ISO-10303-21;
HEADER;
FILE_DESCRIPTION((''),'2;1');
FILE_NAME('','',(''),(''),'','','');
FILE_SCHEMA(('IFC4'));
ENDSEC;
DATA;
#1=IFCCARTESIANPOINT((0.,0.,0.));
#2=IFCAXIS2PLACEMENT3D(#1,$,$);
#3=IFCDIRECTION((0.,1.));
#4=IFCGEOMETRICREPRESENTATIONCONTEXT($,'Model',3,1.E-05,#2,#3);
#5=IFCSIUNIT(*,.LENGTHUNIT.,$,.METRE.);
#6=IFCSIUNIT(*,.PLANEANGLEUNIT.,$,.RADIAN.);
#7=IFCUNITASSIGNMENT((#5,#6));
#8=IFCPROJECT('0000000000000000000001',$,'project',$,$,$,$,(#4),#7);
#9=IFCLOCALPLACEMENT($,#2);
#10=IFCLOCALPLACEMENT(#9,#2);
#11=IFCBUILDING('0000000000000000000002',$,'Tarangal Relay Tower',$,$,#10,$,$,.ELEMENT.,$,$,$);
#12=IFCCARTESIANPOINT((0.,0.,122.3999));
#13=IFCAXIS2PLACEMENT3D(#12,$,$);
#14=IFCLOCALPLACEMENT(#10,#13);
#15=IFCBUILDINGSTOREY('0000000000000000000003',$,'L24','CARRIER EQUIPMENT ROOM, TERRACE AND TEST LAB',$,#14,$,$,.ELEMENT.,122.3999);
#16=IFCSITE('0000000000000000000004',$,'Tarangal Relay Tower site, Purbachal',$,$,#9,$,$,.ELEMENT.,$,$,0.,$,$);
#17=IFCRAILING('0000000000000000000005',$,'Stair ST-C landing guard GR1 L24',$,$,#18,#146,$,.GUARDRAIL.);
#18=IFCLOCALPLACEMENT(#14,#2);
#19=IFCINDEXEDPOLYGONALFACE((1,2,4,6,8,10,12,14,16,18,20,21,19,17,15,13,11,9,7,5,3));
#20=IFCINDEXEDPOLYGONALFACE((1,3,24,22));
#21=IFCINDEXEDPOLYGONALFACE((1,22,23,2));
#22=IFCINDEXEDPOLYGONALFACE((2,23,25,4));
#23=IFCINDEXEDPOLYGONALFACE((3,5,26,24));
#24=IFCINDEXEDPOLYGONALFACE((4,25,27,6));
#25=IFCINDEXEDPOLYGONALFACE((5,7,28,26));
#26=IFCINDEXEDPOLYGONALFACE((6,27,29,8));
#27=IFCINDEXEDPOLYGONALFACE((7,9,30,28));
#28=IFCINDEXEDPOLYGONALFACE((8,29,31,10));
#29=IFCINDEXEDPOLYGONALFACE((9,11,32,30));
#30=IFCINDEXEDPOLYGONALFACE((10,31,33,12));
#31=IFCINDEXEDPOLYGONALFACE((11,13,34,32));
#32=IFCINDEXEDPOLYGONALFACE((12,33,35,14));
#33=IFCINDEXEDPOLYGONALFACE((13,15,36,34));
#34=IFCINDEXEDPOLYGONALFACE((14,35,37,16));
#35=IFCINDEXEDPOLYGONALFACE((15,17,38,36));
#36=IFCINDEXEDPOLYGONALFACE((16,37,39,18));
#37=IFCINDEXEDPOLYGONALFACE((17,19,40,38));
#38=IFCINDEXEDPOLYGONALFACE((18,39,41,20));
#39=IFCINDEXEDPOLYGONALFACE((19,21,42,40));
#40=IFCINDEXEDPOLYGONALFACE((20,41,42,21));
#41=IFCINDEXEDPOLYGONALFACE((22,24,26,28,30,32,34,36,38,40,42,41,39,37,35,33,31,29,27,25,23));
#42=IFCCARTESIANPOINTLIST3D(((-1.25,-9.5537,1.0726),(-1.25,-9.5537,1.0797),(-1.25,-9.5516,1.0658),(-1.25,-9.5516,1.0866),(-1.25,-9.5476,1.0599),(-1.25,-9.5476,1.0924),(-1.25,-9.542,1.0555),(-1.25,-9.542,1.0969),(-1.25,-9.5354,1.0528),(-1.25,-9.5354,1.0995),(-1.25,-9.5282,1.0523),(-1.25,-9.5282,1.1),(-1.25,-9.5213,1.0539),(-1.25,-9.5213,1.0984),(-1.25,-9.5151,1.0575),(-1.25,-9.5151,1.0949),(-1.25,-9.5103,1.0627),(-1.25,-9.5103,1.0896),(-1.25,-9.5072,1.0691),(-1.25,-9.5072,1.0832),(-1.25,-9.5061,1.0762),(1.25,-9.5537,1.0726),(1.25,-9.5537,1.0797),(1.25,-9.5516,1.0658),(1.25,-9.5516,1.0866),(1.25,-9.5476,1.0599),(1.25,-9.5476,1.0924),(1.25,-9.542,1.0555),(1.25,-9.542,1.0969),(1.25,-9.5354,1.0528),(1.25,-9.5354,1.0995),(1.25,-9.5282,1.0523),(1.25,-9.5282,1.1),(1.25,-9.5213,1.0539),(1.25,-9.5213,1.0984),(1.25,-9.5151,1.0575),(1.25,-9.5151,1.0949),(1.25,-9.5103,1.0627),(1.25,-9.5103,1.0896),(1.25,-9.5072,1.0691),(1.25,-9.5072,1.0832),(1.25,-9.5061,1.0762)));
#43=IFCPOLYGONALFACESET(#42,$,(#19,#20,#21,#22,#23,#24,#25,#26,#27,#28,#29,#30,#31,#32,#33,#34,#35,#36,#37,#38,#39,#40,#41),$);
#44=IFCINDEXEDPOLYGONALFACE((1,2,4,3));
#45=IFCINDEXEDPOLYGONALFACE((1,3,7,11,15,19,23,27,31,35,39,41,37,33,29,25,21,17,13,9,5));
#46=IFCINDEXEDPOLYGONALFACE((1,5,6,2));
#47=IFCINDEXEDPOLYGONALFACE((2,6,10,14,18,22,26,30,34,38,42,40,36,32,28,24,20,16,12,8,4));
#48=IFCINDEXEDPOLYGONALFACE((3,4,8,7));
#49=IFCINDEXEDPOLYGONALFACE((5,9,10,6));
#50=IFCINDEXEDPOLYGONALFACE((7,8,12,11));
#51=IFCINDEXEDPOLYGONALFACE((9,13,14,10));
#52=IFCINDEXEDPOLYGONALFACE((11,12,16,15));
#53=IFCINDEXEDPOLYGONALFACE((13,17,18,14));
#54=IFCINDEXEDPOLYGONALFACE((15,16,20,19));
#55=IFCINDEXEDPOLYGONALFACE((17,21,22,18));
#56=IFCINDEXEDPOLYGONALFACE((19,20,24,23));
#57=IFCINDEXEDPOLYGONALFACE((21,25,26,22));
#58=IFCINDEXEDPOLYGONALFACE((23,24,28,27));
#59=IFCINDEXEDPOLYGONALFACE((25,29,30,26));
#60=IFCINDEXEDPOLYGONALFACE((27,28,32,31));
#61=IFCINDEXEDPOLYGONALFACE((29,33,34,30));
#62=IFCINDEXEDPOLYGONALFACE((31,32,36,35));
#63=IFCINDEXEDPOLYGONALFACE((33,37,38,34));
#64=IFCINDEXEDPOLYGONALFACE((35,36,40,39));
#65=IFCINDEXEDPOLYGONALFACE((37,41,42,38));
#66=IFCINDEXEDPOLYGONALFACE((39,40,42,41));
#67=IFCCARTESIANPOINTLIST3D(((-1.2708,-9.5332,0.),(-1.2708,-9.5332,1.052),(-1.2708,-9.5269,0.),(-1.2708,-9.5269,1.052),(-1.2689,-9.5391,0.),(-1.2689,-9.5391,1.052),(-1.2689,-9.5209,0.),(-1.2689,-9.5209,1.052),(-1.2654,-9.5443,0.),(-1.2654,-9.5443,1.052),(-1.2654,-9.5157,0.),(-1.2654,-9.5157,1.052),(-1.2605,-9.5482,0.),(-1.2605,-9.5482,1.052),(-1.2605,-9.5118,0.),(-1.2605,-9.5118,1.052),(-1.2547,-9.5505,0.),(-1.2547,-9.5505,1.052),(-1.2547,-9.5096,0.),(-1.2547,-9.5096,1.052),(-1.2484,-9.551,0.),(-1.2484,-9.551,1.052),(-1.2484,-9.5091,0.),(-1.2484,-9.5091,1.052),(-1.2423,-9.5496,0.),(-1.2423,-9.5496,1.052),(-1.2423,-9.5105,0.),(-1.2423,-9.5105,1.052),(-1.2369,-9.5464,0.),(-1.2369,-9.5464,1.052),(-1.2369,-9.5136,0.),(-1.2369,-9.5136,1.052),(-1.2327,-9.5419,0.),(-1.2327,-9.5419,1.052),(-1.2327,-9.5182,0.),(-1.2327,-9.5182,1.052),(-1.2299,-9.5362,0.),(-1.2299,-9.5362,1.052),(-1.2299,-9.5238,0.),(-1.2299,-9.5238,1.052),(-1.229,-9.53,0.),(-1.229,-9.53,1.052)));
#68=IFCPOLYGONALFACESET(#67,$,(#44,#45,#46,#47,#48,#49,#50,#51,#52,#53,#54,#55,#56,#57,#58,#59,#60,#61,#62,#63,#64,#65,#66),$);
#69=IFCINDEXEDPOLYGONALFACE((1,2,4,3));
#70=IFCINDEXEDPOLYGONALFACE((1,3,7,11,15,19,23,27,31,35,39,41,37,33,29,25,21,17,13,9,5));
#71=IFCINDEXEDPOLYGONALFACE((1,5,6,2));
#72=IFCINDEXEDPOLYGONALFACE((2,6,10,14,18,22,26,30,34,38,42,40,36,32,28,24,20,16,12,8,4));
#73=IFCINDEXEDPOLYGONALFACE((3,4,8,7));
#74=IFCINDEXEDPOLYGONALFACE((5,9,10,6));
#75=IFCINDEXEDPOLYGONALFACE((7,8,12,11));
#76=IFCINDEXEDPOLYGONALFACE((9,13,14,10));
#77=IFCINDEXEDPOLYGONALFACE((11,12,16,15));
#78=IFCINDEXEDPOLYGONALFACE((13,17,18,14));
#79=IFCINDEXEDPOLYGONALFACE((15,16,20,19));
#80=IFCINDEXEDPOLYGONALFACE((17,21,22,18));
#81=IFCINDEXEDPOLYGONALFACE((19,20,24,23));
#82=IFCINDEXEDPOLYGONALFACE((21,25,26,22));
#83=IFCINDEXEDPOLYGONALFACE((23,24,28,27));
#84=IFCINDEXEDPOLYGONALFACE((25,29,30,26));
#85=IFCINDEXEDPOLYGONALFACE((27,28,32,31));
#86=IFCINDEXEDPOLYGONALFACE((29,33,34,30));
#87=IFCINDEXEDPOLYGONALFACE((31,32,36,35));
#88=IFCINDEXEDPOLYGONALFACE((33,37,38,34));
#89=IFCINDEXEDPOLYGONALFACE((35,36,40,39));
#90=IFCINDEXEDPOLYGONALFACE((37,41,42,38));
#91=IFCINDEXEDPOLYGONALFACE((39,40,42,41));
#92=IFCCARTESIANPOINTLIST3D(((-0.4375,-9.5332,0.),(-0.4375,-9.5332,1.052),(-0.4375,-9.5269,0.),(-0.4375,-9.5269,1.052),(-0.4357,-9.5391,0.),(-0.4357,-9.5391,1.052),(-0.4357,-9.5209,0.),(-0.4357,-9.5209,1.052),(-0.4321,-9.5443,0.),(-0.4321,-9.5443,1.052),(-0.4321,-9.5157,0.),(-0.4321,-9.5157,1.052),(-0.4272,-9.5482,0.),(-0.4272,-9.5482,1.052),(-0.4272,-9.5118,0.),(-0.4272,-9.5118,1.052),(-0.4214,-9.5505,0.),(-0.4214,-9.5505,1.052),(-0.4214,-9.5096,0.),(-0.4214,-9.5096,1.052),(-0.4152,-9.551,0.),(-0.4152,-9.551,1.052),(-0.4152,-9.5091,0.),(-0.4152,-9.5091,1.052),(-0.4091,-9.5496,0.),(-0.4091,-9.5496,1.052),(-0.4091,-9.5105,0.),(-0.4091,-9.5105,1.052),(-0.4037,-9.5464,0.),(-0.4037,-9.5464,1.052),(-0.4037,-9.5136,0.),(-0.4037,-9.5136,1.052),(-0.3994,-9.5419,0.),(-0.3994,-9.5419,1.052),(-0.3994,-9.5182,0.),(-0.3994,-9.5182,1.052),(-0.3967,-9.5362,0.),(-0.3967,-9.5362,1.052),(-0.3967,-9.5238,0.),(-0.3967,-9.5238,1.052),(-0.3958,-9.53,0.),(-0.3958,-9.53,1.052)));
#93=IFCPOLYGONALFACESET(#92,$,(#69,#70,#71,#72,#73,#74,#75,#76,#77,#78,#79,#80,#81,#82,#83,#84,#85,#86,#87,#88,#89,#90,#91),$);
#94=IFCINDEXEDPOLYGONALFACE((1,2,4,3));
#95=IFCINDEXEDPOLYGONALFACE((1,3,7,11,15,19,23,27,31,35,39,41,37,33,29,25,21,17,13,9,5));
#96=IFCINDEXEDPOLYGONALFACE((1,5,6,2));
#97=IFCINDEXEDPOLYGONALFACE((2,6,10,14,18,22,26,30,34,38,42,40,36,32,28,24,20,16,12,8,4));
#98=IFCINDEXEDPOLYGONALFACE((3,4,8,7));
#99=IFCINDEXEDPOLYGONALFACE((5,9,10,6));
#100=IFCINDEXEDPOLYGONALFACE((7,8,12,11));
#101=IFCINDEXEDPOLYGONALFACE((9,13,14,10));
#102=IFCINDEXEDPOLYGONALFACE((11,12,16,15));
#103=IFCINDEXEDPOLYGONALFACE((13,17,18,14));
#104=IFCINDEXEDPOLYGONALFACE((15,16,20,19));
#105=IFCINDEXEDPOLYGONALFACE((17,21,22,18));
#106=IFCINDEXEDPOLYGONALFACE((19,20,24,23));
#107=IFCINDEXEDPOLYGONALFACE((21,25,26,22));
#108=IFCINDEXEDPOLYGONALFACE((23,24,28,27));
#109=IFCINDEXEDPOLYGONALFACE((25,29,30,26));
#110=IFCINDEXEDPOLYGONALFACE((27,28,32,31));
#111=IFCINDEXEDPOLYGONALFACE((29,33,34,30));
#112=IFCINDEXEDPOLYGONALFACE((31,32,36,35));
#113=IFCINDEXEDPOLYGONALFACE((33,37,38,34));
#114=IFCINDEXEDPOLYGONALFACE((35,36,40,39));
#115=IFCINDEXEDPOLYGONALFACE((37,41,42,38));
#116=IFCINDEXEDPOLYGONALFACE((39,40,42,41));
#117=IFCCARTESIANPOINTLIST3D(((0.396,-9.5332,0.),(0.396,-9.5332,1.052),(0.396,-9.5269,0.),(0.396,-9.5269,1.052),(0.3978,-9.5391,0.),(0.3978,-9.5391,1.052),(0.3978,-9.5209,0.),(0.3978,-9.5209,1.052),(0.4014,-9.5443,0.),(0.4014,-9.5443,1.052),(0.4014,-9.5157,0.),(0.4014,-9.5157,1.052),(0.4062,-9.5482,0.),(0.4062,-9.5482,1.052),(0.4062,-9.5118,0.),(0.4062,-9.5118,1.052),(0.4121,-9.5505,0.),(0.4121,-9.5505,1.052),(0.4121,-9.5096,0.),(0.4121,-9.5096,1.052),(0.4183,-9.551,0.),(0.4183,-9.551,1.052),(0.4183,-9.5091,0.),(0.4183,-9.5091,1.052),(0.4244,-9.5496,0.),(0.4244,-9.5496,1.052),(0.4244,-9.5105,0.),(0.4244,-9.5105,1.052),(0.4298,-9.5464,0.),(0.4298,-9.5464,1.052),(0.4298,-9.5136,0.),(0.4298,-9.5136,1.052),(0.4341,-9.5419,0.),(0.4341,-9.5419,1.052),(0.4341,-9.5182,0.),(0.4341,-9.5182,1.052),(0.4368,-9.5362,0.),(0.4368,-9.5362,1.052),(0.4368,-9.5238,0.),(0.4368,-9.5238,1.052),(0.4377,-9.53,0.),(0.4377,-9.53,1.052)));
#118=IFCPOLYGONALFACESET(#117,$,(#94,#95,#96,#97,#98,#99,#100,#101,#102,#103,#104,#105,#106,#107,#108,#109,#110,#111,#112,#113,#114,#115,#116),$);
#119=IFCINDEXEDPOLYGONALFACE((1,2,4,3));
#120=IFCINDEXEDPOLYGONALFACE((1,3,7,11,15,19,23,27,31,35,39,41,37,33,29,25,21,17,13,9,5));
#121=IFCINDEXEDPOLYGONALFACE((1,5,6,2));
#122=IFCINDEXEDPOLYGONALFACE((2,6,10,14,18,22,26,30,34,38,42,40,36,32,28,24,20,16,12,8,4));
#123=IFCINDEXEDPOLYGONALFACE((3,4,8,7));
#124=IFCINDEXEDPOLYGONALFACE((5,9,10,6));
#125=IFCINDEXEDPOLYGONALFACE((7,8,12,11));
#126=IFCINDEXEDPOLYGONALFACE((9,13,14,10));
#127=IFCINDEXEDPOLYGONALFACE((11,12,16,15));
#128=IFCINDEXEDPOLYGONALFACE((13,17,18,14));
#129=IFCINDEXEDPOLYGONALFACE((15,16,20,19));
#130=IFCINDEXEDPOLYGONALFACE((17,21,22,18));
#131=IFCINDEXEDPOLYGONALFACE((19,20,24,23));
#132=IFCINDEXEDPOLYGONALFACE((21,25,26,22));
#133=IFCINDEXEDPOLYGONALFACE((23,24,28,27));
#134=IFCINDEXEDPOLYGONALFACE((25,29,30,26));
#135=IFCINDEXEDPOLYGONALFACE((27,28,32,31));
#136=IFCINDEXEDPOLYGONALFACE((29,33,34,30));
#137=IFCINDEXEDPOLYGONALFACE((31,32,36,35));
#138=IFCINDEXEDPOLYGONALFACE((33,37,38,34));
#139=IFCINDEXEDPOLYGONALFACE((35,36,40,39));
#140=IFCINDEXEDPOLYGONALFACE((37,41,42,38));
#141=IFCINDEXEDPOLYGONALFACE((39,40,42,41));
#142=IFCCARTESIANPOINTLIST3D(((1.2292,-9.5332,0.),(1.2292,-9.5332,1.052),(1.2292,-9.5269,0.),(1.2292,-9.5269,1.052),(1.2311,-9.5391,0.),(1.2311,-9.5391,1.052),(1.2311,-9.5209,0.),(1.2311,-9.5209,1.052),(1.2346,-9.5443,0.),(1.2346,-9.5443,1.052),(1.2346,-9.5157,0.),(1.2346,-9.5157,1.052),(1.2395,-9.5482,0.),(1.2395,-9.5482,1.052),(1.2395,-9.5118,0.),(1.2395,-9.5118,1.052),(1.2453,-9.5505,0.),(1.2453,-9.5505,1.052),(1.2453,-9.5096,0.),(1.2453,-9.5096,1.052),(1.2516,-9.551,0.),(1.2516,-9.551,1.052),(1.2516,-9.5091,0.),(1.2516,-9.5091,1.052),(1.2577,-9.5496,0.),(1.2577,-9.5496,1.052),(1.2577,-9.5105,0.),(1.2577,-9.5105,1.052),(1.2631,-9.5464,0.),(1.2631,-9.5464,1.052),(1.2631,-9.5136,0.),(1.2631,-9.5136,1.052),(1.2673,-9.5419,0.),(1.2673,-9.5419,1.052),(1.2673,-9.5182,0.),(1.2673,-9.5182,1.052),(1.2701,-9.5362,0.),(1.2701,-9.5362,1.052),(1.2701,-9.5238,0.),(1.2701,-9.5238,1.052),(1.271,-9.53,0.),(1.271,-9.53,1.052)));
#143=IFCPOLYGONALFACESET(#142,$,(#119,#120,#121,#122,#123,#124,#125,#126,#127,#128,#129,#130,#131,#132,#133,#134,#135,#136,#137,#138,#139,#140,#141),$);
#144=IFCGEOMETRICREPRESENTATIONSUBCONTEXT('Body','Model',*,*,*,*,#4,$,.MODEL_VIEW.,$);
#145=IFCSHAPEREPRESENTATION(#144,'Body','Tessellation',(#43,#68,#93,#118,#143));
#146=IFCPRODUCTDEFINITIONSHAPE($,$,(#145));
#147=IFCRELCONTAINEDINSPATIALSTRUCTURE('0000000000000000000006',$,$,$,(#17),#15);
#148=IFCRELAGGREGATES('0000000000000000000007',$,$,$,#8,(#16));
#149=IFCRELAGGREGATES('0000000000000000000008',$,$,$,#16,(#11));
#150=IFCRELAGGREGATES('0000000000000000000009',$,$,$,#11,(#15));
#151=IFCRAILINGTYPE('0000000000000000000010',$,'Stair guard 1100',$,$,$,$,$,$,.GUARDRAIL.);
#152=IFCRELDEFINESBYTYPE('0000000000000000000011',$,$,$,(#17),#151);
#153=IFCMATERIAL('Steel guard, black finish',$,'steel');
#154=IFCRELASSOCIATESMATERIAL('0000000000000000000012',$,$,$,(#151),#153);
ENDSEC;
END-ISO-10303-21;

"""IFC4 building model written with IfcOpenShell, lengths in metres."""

from ifc_helpers import new_model, si_unit, direction, frame, origin, origin_2d, place, context, subcontext, project, spatial, circle, extrude, material, type_object, element, save


model = new_model("IFC4")

# Units and contexts
model_context = context("Model", 3, precision=1e-05, world=origin(), true_north=direction((0.0, 1.0)))
body_context = subcontext(model_context, "Body", "Model", "MODEL_VIEW")
ifc_project = project(units=[si_unit("LENGTHUNIT", "METRE"), si_unit("PLANEANGLEUNIT", "RADIAN")], contexts=[model_context])

# Site, building, storey
site_placement = place(None, origin())
site = spatial("IfcSite", under=ifc_project, at=site_placement, Name="Tarangal Relay Tower site, Purbachal", CompositionType="ELEMENT", RefElevation=0.0)
building_placement = place(site_placement, origin())
building = spatial("IfcBuilding", under=site, at=building_placement, Name="Tarangal Relay Tower", CompositionType="ELEMENT")
storey_placement = place(building_placement, frame((0.0, 0.0, 122.3999)))
storey = spatial("IfcBuildingStorey", under=building, at=storey_placement, Name="L24", Description="CARRIER EQUIPMENT ROOM, TERRACE AND TEST LAB", CompositionType="ELEMENT", Elevation=122.3999)

# Railing
ifc_material_1 = material(Name="Steel guard, black finish", Category="steel")
railing_type_1 = type_object("IfcRailingType", Name="Stair guard 1100", PredefinedType="GUARDRAIL", material=ifc_material_1)
for number, where, name in (
    (1, (-1.25, -9.53, 0.0), "Stair ST-C landing guard GR1 L24"),
):
    element("IfcRailing", number, at=place(storey_placement, frame(where)), inside=storey, type_object=railing_type_1, Name=name, PredefinedType="GUARDRAIL", context=body_context, shape_type="SweptSolid", body=[
        extrude(circle(Radius=0.0239, at=origin_2d()), frame((0.0, 0.0, 1.0762), z_axis=(1.0, 0.0, 0.0), x_axis=(0.0, 1.0, 0.0)), (0.0, 0.0, 1.0), 2.5),
        extrude(circle(Radius=0.021, at=origin_2d()), origin(), (0.0, 0.0, 1.0), 1.052),
        extrude(circle(Radius=0.021, at=origin_2d()), frame((0.8333, 0.0, 0.0)), (0.0, 0.0, 1.0), 1.052),
        extrude(circle(Radius=0.021, at=origin_2d()), frame((1.6667, 0.0, 0.0)), (0.0, 0.0, 1.0), 1.052),
        extrude(circle(Radius=0.021, at=origin_2d()), frame((2.5, 0.0, 0.0)), (0.0, 0.0, 1.0), 1.052),
    ])

save(model, "model.ifc")
